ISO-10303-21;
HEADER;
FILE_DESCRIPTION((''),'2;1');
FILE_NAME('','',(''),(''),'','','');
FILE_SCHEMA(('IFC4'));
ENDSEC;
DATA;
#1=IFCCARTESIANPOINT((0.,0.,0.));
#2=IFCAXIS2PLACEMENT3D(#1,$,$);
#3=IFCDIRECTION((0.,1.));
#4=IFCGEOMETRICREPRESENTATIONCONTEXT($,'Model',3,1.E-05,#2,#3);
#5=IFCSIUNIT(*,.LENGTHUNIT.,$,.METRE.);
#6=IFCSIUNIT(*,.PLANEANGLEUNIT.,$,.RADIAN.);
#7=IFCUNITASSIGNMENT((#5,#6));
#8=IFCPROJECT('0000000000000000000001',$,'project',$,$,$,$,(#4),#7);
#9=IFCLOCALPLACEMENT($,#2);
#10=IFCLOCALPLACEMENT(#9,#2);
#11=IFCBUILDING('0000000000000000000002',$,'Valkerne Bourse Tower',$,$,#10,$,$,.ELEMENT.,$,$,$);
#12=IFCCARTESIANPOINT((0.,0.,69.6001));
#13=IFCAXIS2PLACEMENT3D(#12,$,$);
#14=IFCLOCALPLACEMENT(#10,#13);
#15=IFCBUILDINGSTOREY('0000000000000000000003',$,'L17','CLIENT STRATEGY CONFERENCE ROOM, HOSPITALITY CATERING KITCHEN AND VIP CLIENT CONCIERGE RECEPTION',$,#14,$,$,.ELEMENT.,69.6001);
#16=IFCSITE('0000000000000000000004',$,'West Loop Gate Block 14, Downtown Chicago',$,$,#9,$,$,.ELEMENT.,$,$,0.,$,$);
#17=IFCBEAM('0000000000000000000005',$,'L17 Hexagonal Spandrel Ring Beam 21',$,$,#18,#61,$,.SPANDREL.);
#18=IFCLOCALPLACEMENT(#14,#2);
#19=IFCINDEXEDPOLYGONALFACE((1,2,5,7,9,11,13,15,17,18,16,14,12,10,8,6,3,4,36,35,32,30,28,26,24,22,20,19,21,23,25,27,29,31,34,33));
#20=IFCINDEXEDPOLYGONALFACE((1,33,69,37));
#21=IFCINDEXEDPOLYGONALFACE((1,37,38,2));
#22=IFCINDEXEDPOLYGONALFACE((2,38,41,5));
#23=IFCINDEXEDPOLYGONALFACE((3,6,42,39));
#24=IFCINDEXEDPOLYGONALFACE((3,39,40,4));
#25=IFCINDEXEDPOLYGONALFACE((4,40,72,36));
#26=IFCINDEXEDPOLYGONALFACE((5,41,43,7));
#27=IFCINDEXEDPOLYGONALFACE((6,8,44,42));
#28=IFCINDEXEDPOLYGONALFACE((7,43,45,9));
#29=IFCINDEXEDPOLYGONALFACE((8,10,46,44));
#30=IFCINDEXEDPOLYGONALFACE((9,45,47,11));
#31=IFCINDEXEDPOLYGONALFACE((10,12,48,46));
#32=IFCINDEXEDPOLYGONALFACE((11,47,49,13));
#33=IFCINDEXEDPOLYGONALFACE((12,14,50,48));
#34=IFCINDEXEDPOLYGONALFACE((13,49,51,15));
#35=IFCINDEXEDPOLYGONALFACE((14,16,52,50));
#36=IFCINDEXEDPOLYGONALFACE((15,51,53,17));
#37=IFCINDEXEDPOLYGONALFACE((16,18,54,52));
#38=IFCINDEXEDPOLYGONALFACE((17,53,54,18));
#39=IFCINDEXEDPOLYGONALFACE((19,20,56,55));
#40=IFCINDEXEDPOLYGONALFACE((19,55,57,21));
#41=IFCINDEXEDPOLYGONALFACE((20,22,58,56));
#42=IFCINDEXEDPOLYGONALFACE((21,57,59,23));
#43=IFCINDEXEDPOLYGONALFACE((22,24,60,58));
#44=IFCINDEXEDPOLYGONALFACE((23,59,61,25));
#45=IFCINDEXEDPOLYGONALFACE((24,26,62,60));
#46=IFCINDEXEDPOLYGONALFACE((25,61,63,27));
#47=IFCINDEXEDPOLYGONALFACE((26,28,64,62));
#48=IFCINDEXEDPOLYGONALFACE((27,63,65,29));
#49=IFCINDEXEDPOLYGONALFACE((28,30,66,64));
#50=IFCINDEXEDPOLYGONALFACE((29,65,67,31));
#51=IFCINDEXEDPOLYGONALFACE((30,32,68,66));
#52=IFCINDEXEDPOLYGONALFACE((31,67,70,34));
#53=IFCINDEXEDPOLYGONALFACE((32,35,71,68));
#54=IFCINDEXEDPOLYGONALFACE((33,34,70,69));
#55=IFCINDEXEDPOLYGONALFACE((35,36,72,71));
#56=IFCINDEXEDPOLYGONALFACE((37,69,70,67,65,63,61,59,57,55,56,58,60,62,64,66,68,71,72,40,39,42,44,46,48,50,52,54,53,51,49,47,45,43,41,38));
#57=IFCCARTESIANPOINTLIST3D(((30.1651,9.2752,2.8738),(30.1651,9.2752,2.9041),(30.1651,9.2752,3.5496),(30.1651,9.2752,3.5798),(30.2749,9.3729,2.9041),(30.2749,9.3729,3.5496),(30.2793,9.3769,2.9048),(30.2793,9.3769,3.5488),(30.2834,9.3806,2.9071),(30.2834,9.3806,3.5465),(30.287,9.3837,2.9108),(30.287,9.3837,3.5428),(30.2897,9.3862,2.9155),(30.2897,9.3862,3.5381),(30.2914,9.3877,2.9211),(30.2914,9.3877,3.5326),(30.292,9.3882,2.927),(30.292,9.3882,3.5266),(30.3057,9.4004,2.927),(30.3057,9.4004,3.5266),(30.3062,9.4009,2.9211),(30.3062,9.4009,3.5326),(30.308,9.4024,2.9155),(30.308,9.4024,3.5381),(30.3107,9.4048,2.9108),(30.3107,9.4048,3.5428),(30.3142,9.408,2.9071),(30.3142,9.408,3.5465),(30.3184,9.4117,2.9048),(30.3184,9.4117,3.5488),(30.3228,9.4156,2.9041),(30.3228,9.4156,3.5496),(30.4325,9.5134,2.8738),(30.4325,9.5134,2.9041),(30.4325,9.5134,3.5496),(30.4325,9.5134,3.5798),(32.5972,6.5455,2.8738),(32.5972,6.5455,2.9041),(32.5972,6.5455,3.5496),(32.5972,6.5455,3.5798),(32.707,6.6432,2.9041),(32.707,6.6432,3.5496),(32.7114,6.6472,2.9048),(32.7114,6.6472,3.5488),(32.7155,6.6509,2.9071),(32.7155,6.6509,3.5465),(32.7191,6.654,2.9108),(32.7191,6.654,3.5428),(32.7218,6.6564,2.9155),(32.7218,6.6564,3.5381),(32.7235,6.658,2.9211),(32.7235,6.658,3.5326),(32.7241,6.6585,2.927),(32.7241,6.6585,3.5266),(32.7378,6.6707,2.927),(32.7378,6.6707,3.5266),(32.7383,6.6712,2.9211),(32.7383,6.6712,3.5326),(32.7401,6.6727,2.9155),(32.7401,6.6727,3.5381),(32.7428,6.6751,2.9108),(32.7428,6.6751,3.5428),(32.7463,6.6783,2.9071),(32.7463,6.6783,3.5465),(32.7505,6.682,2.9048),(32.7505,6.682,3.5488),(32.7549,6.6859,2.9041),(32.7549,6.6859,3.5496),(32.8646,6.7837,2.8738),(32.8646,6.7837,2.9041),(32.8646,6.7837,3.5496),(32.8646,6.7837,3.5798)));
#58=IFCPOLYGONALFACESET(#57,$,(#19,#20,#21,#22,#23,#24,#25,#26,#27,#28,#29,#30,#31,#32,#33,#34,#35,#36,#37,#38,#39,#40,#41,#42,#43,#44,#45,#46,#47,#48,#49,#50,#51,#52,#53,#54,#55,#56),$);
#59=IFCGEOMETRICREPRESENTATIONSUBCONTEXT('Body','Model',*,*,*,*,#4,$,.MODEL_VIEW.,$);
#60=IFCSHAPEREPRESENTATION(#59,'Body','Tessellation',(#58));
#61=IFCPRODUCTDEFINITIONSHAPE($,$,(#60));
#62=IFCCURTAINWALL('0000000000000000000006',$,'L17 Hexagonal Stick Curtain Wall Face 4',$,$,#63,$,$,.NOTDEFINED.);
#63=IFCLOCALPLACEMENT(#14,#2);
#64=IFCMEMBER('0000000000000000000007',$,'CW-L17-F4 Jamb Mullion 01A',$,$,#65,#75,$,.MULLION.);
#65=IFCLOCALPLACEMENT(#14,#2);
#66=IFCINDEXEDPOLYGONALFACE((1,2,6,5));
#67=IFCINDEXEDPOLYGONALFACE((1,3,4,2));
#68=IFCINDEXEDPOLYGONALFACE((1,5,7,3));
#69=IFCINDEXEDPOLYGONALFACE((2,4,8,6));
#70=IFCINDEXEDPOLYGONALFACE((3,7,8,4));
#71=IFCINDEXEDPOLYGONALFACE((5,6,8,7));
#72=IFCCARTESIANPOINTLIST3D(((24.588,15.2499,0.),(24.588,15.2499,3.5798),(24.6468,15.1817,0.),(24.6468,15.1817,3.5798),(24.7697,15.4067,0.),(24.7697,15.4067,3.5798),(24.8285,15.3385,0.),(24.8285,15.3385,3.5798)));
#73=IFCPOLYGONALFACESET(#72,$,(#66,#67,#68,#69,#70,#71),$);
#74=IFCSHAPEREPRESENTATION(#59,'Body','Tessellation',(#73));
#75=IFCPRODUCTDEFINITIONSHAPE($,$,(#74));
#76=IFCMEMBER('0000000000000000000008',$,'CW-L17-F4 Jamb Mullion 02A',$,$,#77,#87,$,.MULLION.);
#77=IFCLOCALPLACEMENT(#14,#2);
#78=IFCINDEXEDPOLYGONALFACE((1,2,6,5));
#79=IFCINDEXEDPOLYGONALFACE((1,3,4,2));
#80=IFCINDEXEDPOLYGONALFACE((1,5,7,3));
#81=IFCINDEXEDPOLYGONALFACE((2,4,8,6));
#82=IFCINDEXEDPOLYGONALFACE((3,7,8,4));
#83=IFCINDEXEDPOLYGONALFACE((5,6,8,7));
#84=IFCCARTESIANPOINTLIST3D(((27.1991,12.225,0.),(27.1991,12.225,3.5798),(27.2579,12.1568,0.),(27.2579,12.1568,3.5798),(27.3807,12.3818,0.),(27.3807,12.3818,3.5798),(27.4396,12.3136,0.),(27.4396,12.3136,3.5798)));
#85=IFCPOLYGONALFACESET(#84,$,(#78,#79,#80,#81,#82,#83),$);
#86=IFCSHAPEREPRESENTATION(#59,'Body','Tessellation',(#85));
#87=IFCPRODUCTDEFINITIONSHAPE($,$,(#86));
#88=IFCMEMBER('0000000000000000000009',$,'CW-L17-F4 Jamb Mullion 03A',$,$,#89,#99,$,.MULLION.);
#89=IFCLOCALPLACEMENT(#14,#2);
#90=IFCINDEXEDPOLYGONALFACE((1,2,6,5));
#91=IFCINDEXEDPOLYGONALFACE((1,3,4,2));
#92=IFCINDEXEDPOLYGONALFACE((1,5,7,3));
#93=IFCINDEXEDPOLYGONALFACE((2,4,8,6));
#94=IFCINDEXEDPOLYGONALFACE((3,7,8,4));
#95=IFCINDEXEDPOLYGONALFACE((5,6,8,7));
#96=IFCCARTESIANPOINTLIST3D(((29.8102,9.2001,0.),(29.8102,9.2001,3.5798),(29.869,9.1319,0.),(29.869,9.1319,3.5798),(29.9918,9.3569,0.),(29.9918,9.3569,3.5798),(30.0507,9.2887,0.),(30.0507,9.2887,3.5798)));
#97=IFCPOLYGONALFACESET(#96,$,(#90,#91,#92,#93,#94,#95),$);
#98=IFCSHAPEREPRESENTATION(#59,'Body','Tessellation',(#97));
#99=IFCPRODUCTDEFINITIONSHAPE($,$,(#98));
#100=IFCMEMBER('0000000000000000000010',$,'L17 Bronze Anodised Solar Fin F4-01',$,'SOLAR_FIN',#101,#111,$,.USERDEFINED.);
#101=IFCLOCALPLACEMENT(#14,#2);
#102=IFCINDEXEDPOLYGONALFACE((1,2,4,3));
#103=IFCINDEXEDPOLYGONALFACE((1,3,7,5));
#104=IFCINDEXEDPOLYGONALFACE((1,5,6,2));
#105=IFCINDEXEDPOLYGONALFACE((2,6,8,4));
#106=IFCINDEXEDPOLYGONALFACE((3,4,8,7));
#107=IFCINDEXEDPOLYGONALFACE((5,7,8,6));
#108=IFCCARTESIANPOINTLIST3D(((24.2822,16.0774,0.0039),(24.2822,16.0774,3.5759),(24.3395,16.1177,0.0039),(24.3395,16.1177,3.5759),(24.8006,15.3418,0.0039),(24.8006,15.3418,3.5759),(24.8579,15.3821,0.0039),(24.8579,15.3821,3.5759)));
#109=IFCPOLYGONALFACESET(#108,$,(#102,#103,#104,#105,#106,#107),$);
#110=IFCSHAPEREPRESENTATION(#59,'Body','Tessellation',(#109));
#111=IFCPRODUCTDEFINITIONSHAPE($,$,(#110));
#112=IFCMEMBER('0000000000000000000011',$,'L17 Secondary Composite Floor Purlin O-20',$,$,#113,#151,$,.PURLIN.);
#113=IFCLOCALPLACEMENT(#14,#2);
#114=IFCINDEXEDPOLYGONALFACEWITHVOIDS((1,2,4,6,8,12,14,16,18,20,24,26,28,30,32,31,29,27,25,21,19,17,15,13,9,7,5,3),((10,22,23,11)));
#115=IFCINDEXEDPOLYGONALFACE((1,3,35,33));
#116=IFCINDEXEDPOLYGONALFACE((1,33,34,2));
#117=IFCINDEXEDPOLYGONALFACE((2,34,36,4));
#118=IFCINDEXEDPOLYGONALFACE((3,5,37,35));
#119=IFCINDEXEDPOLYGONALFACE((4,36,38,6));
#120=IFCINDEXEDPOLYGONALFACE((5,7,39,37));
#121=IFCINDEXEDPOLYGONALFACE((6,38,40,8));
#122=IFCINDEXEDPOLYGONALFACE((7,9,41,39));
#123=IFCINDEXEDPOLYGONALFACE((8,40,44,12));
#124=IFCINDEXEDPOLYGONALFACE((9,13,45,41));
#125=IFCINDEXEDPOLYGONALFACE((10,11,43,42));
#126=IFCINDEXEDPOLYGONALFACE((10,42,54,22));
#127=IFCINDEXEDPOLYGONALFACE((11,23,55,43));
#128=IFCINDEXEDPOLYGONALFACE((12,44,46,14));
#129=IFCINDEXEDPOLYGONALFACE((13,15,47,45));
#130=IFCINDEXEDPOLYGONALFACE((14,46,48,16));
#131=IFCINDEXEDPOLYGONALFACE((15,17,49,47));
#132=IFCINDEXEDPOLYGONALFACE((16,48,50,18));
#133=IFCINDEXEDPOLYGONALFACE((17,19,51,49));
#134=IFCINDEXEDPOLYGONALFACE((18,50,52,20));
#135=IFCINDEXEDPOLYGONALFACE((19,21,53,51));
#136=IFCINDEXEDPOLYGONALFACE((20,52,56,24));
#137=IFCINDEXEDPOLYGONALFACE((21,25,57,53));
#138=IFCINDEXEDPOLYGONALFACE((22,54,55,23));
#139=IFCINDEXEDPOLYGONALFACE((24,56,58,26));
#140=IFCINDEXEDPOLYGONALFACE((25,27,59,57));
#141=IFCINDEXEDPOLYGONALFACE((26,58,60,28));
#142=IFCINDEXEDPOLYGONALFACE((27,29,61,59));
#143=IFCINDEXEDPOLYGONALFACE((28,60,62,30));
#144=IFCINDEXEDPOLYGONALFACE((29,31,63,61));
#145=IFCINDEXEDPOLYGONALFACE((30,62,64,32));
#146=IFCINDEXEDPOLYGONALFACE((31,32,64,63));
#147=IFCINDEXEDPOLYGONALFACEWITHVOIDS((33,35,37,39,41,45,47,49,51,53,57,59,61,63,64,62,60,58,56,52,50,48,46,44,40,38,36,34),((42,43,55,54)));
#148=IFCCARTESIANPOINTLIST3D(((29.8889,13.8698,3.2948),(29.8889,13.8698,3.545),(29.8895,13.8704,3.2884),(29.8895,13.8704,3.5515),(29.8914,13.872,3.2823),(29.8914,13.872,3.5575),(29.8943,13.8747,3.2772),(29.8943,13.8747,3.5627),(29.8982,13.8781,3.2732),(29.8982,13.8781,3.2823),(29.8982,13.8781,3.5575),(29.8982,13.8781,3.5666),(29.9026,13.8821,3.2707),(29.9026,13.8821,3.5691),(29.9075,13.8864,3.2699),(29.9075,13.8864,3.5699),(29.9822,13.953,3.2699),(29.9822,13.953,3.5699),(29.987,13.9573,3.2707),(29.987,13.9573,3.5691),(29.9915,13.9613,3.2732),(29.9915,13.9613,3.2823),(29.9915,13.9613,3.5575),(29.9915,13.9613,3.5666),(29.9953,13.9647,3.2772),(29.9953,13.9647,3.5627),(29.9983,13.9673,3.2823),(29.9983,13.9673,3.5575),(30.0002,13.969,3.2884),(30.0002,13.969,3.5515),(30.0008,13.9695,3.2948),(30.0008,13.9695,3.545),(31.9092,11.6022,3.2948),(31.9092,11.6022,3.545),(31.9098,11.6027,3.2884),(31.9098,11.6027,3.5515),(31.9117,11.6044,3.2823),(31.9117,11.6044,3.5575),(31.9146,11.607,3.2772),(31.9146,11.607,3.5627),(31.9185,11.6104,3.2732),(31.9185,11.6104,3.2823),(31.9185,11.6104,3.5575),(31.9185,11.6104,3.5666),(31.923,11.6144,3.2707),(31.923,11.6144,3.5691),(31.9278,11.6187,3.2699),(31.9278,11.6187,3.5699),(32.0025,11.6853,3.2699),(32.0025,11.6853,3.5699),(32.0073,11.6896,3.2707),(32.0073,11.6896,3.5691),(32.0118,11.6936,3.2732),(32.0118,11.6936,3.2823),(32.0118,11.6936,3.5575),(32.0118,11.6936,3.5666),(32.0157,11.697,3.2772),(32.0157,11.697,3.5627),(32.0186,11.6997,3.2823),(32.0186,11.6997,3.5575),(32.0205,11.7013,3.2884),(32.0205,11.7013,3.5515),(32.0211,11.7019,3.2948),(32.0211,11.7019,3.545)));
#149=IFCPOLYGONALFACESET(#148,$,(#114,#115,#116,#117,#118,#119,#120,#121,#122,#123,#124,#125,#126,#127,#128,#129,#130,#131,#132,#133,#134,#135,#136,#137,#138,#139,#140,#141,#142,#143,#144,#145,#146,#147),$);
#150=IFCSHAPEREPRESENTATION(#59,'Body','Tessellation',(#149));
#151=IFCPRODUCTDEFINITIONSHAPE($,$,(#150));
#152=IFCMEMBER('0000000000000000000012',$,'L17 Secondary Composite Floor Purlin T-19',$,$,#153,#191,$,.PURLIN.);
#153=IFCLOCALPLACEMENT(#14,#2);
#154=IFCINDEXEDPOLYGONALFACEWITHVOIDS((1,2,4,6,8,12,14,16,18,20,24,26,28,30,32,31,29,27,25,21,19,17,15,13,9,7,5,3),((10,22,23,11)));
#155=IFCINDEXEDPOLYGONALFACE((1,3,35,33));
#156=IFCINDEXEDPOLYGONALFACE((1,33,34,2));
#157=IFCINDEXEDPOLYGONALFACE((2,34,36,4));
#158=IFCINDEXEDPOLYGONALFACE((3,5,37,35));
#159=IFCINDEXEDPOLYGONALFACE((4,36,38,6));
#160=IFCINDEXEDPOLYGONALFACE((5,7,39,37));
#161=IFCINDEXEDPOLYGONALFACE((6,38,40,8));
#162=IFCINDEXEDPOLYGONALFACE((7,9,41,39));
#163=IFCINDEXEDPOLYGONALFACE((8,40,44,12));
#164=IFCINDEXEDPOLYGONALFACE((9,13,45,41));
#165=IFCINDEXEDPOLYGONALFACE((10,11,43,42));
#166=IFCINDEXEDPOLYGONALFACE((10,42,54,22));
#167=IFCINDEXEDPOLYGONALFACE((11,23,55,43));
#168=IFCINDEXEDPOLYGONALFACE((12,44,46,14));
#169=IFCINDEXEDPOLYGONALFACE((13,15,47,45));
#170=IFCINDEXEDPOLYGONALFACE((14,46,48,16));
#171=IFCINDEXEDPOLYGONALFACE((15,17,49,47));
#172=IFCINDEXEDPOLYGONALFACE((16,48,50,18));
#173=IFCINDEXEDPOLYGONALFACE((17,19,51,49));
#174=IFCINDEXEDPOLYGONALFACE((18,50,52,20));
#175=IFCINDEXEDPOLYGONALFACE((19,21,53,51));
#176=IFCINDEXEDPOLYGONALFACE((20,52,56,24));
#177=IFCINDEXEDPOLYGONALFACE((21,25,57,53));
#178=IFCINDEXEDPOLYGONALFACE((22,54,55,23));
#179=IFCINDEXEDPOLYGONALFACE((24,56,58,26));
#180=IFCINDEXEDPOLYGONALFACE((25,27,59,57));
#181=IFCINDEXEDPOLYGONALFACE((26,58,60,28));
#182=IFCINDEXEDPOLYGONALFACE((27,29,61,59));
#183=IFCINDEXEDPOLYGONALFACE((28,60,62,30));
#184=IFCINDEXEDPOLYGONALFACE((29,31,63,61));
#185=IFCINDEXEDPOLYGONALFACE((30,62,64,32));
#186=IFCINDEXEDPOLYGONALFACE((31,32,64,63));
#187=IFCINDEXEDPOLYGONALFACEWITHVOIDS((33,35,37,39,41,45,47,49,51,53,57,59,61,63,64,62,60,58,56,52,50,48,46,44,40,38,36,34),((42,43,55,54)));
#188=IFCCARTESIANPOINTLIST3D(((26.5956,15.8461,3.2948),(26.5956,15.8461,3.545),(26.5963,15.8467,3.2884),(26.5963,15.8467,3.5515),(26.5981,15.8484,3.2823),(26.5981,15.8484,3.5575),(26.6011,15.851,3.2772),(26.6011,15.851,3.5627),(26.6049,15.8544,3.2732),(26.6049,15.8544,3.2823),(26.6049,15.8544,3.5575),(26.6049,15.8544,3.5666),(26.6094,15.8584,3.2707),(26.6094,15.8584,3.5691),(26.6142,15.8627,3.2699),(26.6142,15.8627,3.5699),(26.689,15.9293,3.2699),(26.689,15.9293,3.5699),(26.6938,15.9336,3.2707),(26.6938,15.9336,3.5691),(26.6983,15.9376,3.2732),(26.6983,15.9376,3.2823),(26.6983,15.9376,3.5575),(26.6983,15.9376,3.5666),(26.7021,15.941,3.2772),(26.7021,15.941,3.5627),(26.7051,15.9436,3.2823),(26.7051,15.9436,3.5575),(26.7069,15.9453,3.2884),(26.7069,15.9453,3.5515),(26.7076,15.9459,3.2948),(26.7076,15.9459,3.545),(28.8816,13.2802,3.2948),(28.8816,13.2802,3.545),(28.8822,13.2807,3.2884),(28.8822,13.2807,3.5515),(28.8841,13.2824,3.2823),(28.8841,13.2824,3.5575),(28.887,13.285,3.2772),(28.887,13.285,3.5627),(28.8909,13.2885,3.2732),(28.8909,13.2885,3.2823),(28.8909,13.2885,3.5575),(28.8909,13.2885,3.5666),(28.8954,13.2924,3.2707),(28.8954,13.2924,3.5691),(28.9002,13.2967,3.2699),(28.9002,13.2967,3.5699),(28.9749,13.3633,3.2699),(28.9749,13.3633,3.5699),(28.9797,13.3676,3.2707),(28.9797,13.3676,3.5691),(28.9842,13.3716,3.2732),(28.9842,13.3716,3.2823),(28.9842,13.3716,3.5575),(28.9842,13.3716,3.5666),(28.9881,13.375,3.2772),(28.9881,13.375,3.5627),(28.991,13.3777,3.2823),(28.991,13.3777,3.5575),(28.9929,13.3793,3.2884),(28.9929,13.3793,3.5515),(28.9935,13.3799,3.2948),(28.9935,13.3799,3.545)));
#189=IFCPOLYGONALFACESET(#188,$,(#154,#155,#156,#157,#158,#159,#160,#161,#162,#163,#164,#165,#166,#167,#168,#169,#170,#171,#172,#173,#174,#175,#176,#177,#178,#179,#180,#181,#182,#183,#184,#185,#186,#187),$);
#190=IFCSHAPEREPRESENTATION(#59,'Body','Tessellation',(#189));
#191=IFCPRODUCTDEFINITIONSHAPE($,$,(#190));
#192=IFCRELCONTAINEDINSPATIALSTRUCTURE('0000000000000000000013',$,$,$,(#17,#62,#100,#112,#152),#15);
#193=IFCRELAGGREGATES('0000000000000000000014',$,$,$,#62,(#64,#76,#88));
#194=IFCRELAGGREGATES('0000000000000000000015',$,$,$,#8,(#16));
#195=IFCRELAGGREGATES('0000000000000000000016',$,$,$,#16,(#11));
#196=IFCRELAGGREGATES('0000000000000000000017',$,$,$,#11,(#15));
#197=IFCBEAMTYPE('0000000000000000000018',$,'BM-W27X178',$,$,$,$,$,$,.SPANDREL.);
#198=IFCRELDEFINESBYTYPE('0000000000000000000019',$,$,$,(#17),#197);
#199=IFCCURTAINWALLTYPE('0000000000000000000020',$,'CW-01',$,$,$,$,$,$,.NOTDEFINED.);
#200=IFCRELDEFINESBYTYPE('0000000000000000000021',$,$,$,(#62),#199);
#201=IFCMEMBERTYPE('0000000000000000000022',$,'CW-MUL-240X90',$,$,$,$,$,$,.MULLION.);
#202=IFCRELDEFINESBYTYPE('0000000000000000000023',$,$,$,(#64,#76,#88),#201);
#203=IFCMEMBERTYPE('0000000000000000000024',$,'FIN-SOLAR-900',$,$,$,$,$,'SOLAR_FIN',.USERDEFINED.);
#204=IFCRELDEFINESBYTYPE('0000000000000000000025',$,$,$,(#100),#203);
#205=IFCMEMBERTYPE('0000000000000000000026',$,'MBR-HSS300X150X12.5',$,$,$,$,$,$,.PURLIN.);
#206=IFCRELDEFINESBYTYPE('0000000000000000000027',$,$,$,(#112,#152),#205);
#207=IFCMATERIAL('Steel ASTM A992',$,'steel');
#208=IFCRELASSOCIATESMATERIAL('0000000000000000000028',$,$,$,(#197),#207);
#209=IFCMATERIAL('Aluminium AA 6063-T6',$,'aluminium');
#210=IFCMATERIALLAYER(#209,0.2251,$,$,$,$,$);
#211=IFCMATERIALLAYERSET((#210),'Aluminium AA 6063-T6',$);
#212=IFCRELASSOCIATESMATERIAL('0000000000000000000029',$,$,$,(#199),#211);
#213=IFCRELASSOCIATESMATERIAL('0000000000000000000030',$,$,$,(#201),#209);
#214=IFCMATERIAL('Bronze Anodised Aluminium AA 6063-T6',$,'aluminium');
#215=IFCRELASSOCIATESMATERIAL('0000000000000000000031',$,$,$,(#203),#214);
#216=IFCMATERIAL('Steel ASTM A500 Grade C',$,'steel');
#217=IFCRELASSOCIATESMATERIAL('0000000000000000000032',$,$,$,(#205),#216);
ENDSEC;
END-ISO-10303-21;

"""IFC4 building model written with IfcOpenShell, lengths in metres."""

from ifc_helpers import new_model, si_unit, direction, frame, origin, origin_2d, place, context, subcontext, project, spatial, rectangle, hollow_rectangle, i_section, extrude, material, layer, layer_set, material_profile, profile_set, type_object, element, aggregate, save


model = new_model("IFC4")

# Units and contexts
model_context = context("Model", 3, precision=1e-05, world=origin(), true_north=direction((0.0, 1.0)))
body_context = subcontext(model_context, "Body", "Model", "MODEL_VIEW")
ifc_project = project(units=[si_unit("LENGTHUNIT", "METRE"), si_unit("PLANEANGLEUNIT", "RADIAN")], contexts=[model_context])

# Site, building, storey
site_placement = place(None, origin())
site = spatial("IfcSite", under=ifc_project, at=site_placement, Name="West Loop Gate Block 14, Downtown Chicago", CompositionType="ELEMENT", RefElevation=0.0)
building_placement = place(site_placement, origin())
building = spatial("IfcBuilding", under=site, at=building_placement, Name="Valkerne Bourse Tower", CompositionType="ELEMENT")
storey_placement = place(building_placement, frame((0.0, 0.0, 69.6001)))
storey = spatial("IfcBuildingStorey", under=building, at=storey_placement, Name="L17", Description="CLIENT STRATEGY CONFERENCE ROOM, HOSPITALITY CATERING KITCHEN AND VIP CLIENT CONCIERGE RECEPTION", CompositionType="ELEMENT", Elevation=69.6001)

# Beam
ifc_material_1 = material(Name="Steel ASTM A992", Category="steel")
ifc_material_profile_1 = material_profile(ifc_material_1, i_section(OverallWidth=0.3582, OverallDepth=0.7061, WebThickness=0.0183, FlangeThickness=0.0303, FilletRadius=0.0229, at=origin_2d()), Name="W27X178")
ifc_profile_set_1 = profile_set([ifc_material_profile_1], Name="Steel ASTM A992")
beam_type_1 = type_object("IfcBeamType", Name="BM-W27X178", PredefinedType="SPANDREL", material=ifc_profile_set_1)
for number, where, z_axis, x_axis, name in (
    (1, (30.2988, 9.3943, 3.2268), (0.665234, -0.746635, 0.0), (0.746635, 0.665234, 0.0), "L17 Hexagonal Spandrel Ring Beam 21"),
):
    element("IfcBeam", number, at=place(storey_placement, frame(where, z_axis=z_axis, x_axis=x_axis)), inside=storey, type_object=beam_type_1, Name=name, PredefinedType="SPANDREL", context=body_context, shape_type="SweptSolid", body=[
        extrude(i_section(OverallWidth=0.3582, OverallDepth=0.7061, WebThickness=0.0183, FlangeThickness=0.0303, FilletRadius=0.0229, at=origin_2d()), origin(), (0.0, 0.0, 1.0), 3.656),
    ])

# Curtain wall, members
ifc_material_2 = material(Name="Aluminium AA 6063-T6", Category="aluminium")
ifc_layer_1 = layer(ifc_material_2, 0.2251)
ifc_layer_set_1 = layer_set([ifc_layer_1], Name="Aluminium AA 6063-T6")
curtain_wall_type = type_object("IfcCurtainWallType", Name="CW-01", PredefinedType="NOTDEFINED", material=ifc_layer_set_1)
curtain_wall_placement = place(storey_placement, origin())
curtain_wall = element("IfcCurtainWall", 2, at=curtain_wall_placement, inside=storey, type_object=curtain_wall_type, Name="L17 Hexagonal Stick Curtain Wall Face 4", PredefinedType="NOTDEFINED")
ifc_material_profile_2 = material_profile(ifc_material_2, rectangle(XDim=0.0901, YDim=0.24, at=origin_2d()), Name="CWM-90X240")
ifc_profile_set_2 = profile_set([ifc_material_profile_2], Name="Aluminium AA 6063-T6")
member_type_1 = type_object("IfcMemberType", Name="CW-MUL-240X90", PredefinedType="MULLION", material=ifc_profile_set_2)
member_1_placement = place(storey_placement, frame((24.7083, 15.2942, 0.0), z_axis=(0.0, 0.0, 1.0), x_axis=(0.653419, -0.756996, 0.0)))
member_1 = element("IfcMember", 3, at=member_1_placement, type_object=member_type_1, Name="CW-L17-F4 Jamb Mullion 01A", PredefinedType="MULLION", context=body_context, shape_type="SweptSolid", body=[
    extrude(rectangle(XDim=0.0901, YDim=0.24, at=origin_2d()), origin(), (0.0, 0.0, 1.0), 3.5798),
])
member_2_placement = place(storey_placement, frame((27.3193, 12.2693, 0.0), z_axis=(0.0, 0.0, 1.0), x_axis=(0.653432, -0.756986, 0.0)))
member_2 = element("IfcMember", 4, at=member_2_placement, type_object=member_type_1, Name="CW-L17-F4 Jamb Mullion 02A", PredefinedType="MULLION", context=body_context, shape_type="SweptSolid", body=[
    extrude(rectangle(XDim=0.0901, YDim=0.24, at=origin_2d()), origin(), (0.0, 0.0, 1.0), 3.5798),
])
member_3_placement = place(storey_placement, frame((29.9304, 9.2444, 0.0), z_axis=(0.0, 0.0, 1.0), x_axis=(0.653405, -0.757009, 0.0)))
member_3 = element("IfcMember", 5, at=member_3_placement, type_object=member_type_1, Name="CW-L17-F4 Jamb Mullion 03A", PredefinedType="MULLION", context=body_context, shape_type="SweptSolid", body=[
    extrude(rectangle(XDim=0.0901, YDim=0.24, at=origin_2d()), origin(), (0.0, 0.0, 1.0), 3.5798),
])

# Members
ifc_material_3 = material(Name="Bronze Anodised Aluminium AA 6063-T6", Category="aluminium")
ifc_material_profile_3 = material_profile(ifc_material_3, rectangle(XDim=0.0701, YDim=0.8999, at=origin_2d()), Name="FIN-70X900")
ifc_profile_set_3 = profile_set([ifc_material_profile_3], Name="Bronze Anodised Aluminium AA 6063-T6")
member_type_2 = type_object("IfcMemberType", Name="FIN-SOLAR-900", ElementType="SOLAR_FIN", PredefinedType="USERDEFINED", material=ifc_profile_set_3)
member_4_placement = place(storey_placement, frame((24.5701, 15.7297, 0.0039), z_axis=(0.0, 0.0, 1.0), x_axis=(-0.81742, -0.576041, 0.0)))
element("IfcMember", 6, at=member_4_placement, inside=storey, type_object=member_type_2, Name="L17 Bronze Anodised Solar Fin F4-01", ObjectType="SOLAR_FIN", PredefinedType="USERDEFINED", context=body_context, shape_type="SweptSolid", body=[
    extrude(rectangle(XDim=0.0701, YDim=0.8999, at=origin_2d()), origin(), (0.0, 0.0, 1.0), 3.572),
])
ifc_material_4 = material(Name="Steel ASTM A500 Grade C", Category="steel")
ifc_material_profile_4 = material_profile(ifc_material_4, hollow_rectangle(XDim=0.1499, YDim=0.3, WallThickness=0.0125, OuterFilletRadius=0.0249, at=origin_2d()), Name="HSS300X150X12.5")
ifc_profile_set_4 = profile_set([ifc_material_profile_4], Name="Steel ASTM A500 Grade C")
member_type_3 = type_object("IfcMemberType", Name="MBR-HSS300X150X12.5", PredefinedType="PURLIN", material=ifc_profile_set_4)
member_5_placement = place(storey_placement, frame((29.9448, 13.9197, 3.4199), z_axis=(0.665217, -0.74665, 0.0), x_axis=(0.74665, 0.665217, 0.0)))
element("IfcMember", 7, at=member_5_placement, inside=storey, type_object=member_type_3, Name="L17 Secondary Composite Floor Purlin O-20", PredefinedType="PURLIN", context=body_context, shape_type="SweptSolid", body=[
    extrude(hollow_rectangle(XDim=0.1499, YDim=0.3, WallThickness=0.0125, OuterFilletRadius=0.0249, at=origin_2d()), origin(), (0.0, 0.0, 1.0), 3.0371),
])
for number, where, z_axis, x_axis, name in (
    (8, (26.6516, 15.896, 3.4199), (0.665188, -0.746676, 0.0), (0.746676, 0.665188, 0.0), "L17 Secondary Composite Floor Purlin T-19"),
):
    element("IfcMember", number, at=place(storey_placement, frame(where, z_axis=z_axis, x_axis=x_axis)), inside=storey, type_object=member_type_3, Name=name, PredefinedType="PURLIN", context=body_context, shape_type="SweptSolid", body=[
        extrude(hollow_rectangle(XDim=0.1499, YDim=0.3, WallThickness=0.0125, OuterFilletRadius=0.0249, at=origin_2d()), origin(), (0.0, 0.0, 1.0), 3.4365),
    ])

aggregate(curtain_wall, [member_1, member_2, member_3])

save(model, "model.ifc")
